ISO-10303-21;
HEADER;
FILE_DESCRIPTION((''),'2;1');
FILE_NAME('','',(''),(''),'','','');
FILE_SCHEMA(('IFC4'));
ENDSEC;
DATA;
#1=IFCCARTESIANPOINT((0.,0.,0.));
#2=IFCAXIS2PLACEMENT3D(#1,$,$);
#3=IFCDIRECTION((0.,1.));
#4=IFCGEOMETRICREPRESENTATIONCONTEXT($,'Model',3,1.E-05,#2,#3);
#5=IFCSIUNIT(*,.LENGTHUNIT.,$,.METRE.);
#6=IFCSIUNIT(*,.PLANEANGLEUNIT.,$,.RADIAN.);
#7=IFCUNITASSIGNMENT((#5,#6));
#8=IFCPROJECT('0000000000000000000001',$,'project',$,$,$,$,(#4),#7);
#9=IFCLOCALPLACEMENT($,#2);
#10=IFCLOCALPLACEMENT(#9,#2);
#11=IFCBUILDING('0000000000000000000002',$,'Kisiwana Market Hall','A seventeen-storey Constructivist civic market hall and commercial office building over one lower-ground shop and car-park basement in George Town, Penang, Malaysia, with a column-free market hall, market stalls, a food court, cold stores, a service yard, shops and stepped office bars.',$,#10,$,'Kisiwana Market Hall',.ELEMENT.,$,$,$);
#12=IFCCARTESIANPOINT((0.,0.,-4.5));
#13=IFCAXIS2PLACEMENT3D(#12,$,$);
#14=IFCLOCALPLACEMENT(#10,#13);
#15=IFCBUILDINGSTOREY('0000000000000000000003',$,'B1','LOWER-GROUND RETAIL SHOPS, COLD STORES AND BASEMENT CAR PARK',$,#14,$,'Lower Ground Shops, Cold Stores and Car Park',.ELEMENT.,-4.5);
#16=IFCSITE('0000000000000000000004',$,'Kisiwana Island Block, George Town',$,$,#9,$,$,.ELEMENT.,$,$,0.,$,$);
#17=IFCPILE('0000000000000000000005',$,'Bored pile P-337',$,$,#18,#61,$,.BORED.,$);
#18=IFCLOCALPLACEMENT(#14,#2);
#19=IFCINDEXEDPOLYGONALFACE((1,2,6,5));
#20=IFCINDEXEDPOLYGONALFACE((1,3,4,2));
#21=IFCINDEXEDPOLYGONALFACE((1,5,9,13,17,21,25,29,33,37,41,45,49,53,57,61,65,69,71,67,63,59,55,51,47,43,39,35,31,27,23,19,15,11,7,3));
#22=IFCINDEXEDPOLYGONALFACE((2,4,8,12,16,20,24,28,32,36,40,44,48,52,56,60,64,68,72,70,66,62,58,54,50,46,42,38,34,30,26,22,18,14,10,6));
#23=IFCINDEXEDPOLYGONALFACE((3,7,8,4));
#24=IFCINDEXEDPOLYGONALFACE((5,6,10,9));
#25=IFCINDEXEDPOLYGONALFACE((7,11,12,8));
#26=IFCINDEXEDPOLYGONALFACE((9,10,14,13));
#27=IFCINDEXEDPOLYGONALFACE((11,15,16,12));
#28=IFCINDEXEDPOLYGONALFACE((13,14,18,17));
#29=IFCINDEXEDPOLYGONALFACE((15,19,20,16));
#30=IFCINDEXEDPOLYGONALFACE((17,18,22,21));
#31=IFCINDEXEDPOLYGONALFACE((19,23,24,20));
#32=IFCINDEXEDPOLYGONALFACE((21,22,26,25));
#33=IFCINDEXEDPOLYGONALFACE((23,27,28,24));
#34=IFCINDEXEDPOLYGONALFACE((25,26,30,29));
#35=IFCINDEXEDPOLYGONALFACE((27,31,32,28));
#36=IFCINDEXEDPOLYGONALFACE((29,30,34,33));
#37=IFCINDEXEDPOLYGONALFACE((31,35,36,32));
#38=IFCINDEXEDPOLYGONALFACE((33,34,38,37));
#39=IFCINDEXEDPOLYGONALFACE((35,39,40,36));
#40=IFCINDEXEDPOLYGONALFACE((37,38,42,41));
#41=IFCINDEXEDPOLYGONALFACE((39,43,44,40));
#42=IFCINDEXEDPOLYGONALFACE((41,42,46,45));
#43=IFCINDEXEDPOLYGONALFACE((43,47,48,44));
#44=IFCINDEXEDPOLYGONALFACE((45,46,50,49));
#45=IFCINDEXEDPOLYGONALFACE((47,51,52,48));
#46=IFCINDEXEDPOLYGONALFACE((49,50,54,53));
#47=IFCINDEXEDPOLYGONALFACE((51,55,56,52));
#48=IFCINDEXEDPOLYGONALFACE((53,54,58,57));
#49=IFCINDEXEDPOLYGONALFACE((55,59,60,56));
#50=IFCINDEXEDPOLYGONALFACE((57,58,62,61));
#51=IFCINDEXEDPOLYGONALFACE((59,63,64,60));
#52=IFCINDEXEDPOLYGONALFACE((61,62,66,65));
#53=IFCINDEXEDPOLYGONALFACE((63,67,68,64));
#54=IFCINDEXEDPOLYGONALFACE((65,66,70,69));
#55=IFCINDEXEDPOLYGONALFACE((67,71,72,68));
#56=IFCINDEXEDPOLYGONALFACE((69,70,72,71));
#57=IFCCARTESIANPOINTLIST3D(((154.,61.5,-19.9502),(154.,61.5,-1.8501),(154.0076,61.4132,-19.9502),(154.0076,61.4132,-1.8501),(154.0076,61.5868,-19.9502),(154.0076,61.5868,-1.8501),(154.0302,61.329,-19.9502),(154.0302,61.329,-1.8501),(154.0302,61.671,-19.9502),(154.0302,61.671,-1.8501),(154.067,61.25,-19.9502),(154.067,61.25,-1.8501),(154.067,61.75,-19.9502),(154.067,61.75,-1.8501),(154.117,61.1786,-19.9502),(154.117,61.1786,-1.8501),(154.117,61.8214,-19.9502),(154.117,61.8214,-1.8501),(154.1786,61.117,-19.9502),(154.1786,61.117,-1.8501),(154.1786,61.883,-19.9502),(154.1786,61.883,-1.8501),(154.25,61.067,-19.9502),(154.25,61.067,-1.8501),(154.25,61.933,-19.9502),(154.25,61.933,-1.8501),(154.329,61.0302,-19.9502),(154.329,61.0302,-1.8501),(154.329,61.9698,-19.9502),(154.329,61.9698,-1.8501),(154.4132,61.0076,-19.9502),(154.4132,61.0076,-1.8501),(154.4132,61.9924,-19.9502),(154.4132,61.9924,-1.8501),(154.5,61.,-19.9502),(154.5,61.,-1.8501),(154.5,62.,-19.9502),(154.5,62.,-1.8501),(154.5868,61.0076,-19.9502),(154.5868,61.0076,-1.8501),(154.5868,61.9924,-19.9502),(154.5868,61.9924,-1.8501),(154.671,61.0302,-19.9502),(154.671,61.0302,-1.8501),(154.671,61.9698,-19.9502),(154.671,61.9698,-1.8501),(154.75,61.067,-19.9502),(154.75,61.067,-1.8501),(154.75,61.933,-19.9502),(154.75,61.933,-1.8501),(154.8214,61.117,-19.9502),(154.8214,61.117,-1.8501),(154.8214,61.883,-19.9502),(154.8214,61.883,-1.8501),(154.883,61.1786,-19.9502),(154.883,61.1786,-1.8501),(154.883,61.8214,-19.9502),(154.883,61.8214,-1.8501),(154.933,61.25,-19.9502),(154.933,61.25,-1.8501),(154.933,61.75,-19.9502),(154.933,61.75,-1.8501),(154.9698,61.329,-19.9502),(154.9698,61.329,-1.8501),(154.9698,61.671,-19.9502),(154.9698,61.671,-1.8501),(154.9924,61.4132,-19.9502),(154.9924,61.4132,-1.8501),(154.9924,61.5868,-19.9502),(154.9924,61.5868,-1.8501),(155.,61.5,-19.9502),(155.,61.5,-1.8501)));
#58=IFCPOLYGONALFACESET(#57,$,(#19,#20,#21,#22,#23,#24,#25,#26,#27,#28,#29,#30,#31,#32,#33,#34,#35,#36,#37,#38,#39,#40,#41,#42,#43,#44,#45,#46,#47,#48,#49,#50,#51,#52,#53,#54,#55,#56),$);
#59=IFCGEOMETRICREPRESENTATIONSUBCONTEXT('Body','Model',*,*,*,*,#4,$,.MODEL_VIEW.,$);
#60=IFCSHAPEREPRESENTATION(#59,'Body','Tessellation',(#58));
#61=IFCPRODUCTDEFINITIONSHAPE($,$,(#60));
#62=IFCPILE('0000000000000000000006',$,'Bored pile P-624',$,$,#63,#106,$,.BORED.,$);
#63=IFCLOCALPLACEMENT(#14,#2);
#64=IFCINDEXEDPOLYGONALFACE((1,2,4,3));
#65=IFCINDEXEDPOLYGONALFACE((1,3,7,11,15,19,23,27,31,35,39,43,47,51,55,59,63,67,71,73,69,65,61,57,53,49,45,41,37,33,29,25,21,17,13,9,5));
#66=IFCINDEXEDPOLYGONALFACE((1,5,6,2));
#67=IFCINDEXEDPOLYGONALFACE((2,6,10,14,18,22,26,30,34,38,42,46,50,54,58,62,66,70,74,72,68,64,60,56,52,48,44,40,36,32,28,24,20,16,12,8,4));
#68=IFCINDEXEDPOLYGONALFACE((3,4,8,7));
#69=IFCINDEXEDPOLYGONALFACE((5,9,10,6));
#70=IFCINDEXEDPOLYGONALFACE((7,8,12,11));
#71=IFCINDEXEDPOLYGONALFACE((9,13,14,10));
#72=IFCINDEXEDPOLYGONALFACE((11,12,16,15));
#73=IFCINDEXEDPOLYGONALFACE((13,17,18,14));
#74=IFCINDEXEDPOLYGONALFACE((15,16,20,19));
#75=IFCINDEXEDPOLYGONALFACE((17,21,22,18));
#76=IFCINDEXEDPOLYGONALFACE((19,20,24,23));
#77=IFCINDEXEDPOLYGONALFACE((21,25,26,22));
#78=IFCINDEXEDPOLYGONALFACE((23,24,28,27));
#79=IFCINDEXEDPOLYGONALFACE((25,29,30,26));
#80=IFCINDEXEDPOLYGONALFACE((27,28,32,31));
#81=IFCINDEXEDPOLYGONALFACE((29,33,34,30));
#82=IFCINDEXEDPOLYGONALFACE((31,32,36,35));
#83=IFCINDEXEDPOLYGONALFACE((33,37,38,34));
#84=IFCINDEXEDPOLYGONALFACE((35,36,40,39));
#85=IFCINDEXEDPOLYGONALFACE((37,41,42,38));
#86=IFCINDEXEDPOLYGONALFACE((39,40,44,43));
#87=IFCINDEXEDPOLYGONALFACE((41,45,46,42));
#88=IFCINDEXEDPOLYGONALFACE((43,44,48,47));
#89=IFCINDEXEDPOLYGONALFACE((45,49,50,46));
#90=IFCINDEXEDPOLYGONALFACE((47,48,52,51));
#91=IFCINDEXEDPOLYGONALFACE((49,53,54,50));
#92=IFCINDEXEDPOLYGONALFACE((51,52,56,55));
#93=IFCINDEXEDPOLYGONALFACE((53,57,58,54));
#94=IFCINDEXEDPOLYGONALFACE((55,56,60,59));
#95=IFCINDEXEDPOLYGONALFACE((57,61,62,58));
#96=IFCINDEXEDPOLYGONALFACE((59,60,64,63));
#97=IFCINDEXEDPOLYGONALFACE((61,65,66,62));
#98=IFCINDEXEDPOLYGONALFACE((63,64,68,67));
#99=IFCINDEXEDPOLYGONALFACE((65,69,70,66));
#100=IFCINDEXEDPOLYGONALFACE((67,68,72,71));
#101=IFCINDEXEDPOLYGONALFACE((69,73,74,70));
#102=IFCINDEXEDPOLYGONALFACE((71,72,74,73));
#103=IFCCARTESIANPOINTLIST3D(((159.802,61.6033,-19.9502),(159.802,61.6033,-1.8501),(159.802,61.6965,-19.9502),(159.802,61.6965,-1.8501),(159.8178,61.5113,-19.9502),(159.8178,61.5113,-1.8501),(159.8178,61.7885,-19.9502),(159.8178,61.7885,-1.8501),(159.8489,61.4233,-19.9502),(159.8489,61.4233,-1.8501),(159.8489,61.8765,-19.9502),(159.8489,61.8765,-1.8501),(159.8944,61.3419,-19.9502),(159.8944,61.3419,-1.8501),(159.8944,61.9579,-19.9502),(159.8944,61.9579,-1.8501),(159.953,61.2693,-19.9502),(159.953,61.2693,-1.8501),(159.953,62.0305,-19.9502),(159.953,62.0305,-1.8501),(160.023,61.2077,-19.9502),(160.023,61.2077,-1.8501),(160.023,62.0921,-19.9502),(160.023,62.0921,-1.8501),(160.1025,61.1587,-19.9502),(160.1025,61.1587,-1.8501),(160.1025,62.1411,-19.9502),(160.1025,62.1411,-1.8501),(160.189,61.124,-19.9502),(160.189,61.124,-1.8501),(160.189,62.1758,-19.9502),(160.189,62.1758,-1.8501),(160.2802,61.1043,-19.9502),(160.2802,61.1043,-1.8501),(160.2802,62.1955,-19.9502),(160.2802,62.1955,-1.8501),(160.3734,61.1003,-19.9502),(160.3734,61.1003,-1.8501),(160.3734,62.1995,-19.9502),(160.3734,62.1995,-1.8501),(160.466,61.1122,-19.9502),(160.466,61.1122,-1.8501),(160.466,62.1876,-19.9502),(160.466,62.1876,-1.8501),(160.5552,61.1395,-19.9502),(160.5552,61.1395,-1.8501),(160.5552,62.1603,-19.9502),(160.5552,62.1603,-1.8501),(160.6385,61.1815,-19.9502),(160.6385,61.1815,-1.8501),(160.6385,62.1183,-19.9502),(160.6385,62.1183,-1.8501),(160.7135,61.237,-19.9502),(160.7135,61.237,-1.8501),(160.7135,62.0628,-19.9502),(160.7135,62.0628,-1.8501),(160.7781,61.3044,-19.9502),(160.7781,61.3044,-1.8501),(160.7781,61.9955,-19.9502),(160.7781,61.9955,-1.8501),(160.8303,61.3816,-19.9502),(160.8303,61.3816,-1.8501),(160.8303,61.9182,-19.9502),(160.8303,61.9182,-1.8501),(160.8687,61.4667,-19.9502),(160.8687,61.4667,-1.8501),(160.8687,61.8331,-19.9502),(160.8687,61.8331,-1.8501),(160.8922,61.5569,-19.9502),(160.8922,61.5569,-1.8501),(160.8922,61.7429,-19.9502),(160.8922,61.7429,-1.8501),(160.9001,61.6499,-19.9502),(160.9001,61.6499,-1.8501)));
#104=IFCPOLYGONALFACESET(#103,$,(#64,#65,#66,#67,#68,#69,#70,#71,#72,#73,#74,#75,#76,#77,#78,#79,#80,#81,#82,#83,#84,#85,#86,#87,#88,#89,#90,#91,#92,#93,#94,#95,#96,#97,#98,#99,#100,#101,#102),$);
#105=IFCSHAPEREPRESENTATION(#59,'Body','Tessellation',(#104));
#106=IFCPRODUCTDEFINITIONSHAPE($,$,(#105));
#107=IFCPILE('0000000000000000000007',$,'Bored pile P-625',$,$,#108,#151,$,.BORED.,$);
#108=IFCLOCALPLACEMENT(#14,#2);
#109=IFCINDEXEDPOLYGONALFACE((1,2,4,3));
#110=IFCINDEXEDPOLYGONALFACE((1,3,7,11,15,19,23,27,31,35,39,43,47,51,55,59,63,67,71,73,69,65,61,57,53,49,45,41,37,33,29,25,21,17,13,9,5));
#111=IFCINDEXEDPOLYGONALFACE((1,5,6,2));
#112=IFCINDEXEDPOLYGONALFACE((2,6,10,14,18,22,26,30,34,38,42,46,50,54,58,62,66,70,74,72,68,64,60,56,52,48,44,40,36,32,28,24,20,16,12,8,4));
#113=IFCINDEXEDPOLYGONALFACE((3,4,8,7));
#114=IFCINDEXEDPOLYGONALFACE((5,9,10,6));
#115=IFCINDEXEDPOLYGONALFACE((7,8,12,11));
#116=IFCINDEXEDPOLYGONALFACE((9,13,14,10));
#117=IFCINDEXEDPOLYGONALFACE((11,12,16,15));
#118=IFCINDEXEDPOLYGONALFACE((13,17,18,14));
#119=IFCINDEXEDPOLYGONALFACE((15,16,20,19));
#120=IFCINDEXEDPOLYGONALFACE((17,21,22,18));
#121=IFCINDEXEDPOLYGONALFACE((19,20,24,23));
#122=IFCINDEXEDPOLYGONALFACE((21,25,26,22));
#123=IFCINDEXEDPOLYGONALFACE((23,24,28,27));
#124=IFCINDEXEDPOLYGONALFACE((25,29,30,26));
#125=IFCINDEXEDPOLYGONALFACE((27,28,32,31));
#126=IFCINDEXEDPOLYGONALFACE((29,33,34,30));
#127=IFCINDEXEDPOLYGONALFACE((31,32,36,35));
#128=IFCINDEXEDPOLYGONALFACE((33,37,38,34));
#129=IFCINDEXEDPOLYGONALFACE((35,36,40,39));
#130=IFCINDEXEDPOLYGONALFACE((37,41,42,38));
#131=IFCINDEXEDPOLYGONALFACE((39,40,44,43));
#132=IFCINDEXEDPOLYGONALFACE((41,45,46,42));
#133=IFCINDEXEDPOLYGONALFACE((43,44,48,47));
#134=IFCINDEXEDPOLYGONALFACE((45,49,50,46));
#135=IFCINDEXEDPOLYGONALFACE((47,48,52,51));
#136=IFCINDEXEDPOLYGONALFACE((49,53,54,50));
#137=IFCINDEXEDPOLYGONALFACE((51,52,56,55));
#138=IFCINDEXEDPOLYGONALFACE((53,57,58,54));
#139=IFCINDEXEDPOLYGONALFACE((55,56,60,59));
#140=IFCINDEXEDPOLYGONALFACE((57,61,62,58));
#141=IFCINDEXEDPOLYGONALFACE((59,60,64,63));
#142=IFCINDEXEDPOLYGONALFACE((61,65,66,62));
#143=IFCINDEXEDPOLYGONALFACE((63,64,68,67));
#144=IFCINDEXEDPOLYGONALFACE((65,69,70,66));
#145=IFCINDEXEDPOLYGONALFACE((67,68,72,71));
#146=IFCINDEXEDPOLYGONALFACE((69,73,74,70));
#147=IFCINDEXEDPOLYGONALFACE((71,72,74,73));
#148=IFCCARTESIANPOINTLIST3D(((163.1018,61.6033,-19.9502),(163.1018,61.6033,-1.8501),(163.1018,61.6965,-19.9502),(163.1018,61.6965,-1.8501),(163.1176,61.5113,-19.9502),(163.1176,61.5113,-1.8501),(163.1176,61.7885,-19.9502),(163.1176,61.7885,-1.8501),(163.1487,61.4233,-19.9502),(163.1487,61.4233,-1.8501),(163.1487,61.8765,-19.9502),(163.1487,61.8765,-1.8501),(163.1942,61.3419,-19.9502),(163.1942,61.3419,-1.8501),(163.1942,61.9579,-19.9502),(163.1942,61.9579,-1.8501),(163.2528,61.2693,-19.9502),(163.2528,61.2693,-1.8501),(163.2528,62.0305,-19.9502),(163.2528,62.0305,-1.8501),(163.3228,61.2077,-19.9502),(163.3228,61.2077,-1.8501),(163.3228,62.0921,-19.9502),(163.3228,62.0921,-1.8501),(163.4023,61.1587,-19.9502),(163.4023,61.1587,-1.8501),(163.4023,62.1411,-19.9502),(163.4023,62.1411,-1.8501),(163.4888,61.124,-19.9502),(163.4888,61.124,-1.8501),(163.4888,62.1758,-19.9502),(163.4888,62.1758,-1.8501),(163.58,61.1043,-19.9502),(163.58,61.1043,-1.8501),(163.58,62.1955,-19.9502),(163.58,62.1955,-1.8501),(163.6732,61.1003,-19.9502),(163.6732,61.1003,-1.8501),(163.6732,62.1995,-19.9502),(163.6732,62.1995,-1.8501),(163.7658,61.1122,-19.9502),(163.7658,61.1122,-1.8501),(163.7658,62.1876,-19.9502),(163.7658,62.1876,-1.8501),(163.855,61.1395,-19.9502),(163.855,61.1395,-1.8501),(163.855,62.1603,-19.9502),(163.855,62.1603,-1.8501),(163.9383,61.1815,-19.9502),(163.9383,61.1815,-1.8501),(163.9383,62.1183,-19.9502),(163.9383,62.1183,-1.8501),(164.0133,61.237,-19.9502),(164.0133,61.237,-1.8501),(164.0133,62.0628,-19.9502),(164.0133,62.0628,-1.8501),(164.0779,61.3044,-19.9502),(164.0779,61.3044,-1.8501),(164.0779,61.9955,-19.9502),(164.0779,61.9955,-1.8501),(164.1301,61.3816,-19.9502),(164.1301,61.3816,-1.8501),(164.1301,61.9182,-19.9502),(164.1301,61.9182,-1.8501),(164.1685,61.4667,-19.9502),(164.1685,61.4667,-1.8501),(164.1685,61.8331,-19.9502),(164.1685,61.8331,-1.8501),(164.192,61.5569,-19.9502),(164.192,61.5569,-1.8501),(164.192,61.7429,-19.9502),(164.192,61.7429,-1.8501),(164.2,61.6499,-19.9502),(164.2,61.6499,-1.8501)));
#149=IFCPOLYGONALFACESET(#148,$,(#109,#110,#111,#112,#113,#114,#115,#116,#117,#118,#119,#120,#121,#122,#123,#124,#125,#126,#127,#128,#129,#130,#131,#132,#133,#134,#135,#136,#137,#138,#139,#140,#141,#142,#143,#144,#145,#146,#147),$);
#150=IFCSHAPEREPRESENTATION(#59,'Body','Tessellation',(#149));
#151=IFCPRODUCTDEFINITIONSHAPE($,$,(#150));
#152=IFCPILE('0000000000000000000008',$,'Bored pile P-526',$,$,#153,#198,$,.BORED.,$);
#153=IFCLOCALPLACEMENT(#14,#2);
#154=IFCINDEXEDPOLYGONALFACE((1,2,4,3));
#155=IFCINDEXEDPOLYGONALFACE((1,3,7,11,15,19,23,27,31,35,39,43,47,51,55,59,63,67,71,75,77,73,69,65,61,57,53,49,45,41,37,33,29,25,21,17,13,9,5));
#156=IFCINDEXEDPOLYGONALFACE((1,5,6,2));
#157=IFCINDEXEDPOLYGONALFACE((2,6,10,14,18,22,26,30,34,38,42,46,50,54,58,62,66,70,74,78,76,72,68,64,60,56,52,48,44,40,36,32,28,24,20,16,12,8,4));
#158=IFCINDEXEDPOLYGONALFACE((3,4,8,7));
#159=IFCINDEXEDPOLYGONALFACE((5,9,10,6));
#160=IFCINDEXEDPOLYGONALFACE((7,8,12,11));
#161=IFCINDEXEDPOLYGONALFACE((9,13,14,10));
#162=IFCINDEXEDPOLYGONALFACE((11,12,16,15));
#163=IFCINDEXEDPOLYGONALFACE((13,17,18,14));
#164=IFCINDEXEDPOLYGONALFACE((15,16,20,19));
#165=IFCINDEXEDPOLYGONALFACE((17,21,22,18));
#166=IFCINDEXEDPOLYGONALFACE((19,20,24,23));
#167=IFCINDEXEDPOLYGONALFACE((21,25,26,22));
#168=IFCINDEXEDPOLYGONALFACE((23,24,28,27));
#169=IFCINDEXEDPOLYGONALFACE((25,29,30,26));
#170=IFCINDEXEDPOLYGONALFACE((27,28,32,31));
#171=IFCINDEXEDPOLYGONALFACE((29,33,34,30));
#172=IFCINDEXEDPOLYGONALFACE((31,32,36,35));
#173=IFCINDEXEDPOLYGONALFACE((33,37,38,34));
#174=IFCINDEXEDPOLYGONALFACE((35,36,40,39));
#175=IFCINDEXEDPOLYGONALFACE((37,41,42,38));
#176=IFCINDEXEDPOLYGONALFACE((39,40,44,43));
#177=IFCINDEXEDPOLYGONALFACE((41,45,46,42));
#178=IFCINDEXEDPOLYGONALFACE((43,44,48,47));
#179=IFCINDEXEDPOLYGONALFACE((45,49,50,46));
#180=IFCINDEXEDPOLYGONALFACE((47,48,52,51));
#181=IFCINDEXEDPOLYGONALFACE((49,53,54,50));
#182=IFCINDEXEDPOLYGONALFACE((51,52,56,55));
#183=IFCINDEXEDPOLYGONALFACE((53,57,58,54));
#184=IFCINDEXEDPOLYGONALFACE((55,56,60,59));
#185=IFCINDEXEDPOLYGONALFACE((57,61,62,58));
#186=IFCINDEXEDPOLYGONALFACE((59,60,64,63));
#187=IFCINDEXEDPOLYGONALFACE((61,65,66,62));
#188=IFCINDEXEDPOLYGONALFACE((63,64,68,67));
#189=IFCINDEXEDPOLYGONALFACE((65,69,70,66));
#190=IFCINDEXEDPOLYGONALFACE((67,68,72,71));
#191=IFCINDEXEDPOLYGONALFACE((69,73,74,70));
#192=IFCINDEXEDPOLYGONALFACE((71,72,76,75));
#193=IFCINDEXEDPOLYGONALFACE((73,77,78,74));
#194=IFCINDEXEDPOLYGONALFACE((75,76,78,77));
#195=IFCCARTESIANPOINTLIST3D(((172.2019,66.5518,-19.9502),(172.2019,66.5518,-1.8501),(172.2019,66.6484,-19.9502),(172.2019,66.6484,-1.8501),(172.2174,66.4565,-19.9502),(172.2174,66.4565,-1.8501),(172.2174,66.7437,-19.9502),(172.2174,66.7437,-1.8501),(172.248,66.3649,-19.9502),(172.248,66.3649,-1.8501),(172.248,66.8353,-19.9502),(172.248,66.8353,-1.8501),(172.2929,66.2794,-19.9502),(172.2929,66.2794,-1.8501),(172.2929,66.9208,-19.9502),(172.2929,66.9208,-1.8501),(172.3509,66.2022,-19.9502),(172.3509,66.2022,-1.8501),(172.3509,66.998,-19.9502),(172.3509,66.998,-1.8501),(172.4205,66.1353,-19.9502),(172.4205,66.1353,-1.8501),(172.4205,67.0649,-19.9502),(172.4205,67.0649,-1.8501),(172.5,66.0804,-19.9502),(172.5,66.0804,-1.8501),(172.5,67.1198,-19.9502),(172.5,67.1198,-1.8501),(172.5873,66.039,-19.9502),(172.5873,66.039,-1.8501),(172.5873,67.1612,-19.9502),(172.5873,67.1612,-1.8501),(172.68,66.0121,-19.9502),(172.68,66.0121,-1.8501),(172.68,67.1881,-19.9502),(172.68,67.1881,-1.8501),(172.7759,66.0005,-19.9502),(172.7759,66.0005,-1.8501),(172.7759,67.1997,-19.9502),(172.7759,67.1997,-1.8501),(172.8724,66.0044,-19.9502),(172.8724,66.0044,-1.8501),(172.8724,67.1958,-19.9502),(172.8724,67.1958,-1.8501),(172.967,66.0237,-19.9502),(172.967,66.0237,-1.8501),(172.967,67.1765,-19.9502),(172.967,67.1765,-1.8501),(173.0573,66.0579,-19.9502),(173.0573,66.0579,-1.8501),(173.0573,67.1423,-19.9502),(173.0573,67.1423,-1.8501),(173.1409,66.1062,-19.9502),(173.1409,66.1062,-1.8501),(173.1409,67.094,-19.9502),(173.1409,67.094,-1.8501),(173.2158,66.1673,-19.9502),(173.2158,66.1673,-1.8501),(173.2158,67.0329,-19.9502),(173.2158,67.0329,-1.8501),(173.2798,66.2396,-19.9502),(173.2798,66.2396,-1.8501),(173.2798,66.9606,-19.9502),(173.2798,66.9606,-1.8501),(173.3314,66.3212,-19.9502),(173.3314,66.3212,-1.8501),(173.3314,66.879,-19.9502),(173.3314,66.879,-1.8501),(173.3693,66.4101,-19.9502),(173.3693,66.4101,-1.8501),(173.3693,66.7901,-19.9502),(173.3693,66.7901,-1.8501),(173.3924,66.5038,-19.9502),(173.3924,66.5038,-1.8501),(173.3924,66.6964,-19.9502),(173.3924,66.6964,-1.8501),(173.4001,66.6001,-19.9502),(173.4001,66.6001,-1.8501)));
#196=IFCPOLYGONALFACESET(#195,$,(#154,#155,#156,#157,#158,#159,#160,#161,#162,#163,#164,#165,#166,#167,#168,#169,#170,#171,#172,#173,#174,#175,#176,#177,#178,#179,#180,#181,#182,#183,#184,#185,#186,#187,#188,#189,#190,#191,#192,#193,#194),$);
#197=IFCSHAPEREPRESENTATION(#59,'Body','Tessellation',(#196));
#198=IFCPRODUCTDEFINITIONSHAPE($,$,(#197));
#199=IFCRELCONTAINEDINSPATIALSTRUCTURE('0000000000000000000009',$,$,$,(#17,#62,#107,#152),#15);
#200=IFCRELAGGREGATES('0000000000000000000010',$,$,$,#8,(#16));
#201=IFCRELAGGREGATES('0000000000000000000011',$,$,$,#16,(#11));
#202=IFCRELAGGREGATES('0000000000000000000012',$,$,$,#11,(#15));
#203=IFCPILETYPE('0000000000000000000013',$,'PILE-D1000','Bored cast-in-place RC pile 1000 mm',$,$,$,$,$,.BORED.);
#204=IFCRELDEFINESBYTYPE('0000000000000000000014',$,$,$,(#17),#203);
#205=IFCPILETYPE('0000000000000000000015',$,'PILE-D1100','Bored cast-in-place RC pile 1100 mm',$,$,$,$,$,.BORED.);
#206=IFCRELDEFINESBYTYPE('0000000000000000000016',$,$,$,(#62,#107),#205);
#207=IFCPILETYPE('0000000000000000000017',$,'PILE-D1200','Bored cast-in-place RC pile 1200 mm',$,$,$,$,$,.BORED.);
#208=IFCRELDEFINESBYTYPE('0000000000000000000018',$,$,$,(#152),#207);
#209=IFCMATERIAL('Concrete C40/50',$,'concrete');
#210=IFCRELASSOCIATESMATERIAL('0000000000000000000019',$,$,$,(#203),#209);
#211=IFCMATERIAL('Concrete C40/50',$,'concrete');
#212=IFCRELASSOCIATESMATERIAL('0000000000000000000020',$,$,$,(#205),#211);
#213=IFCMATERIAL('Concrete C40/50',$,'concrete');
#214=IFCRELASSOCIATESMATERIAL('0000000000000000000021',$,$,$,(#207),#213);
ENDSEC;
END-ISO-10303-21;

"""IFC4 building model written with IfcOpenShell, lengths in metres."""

from ifc_helpers import new_model, si_unit, direction, frame, origin, origin_2d, place, context, subcontext, project, spatial, circle, extrude, material, material_profile, profile_set, type_object, element, save


model = new_model("IFC4")

# Units and contexts
model_context = context("Model", 3, precision=1e-05, world=origin(), true_north=direction((0.0, 1.0)))
body_context = subcontext(model_context, "Body", "Model", "MODEL_VIEW")
ifc_project = project(units=[si_unit("LENGTHUNIT", "METRE"), si_unit("PLANEANGLEUNIT", "RADIAN")], contexts=[model_context])

# Site, building, storey
site_placement = place(None, origin())
site = spatial("IfcSite", under=ifc_project, at=site_placement, Name="Kisiwana Island Block, George Town", CompositionType="ELEMENT", RefElevation=0.0)
building_placement = place(site_placement, origin())
building = spatial("IfcBuilding", under=site, at=building_placement, Name="Kisiwana Market Hall", Description="A seventeen-storey Constructivist civic market hall and commercial office building over one lower-ground shop and car-park basement in George Town, Penang, Malaysia, with a column-free market hall, market stalls, a food court, cold stores, a service yard, shops and stepped office bars.", LongName="Kisiwana Market Hall", CompositionType="ELEMENT")
storey_placement = place(building_placement, frame((0.0, 0.0, -4.5)))
storey = spatial("IfcBuildingStorey", under=building, at=storey_placement, Name="B1", Description="LOWER-GROUND RETAIL SHOPS, COLD STORES AND BASEMENT CAR PARK", LongName="Lower Ground Shops, Cold Stores and Car Park", CompositionType="ELEMENT", Elevation=-4.5)

# Piles
ifc_material_1 = material(Name="Concrete C40/50", Category="concrete")
ifc_material_profile_1 = material_profile(ifc_material_1, circle(Radius=0.5, at=origin_2d()), Name="BP D1000")
ifc_profile_set_1 = profile_set([ifc_material_profile_1], Name="Concrete C40/50")
pile_type_1 = type_object("IfcPileType", Name="PILE-D1000", Description="Bored cast-in-place RC pile 1000 mm", PredefinedType="BORED", material=ifc_profile_set_1)
pile_placement = place(storey_placement, frame((154.5, 61.5, -1.8501), z_axis=(0.0, 0.0, -1.0), x_axis=(1.0, 0.0, 0.0)))
element("IfcPile", 1, at=pile_placement, inside=storey, type_object=pile_type_1, Name="Bored pile P-337", PredefinedType="BORED", context=body_context, shape_type="SweptSolid", body=[
    extrude(circle(Radius=0.5, at=origin_2d()), origin(), (0.0, 0.0, 1.0), 18.1001),
])
ifc_material_2 = material(Name="Concrete C40/50", Category="concrete")
ifc_material_profile_2 = material_profile(ifc_material_2, circle(Radius=0.55, at=origin_2d()), Name="BP D1100")
ifc_profile_set_2 = profile_set([ifc_material_profile_2], Name="Concrete C40/50")
pile_type_2 = type_object("IfcPileType", Name="PILE-D1100", Description="Bored cast-in-place RC pile 1100 mm", PredefinedType="BORED", material=ifc_profile_set_2)
for number, where, z_axis, x_axis, name in (
    (2, (160.3501, 61.6499, -1.8501), (0.0, 0.0, -1.0), (1.0, 0.0, 0.0), "Bored pile P-624"),
    (3, (163.6499, 61.6499, -1.8501), (0.0, 0.0, -1.0), (1.0, 0.0, 0.0), "Bored pile P-625"),
):
    element("IfcPile", number, at=place(storey_placement, frame(where, z_axis=z_axis, x_axis=x_axis)), inside=storey, type_object=pile_type_2, Name=name, PredefinedType="BORED", context=body_context, shape_type="SweptSolid", body=[
        extrude(circle(Radius=0.55, at=origin_2d()), origin(), (0.0, 0.0, 1.0), 18.1001),
    ])
ifc_material_3 = material(Name="Concrete C40/50", Category="concrete")
ifc_material_profile_3 = material_profile(ifc_material_3, circle(Radius=0.6001, at=origin_2d()), Name="BP D1200")
ifc_profile_set_3 = profile_set([ifc_material_profile_3], Name="Concrete C40/50")
pile_type_3 = type_object("IfcPileType", Name="PILE-D1200", Description="Bored cast-in-place RC pile 1200 mm", PredefinedType="BORED", material=ifc_profile_set_3)
for number, where, z_axis, x_axis, name in (
    (4, (172.8, 66.6001, -1.8501), (0.0, 0.0, -1.0), (1.0, 0.0, 0.0), "Bored pile P-526"),
):
    element("IfcPile", number, at=place(storey_placement, frame(where, z_axis=z_axis, x_axis=x_axis)), inside=storey, type_object=pile_type_3, Name=name, PredefinedType="BORED", context=body_context, shape_type="SweptSolid", body=[
        extrude(circle(Radius=0.6001, at=origin_2d()), origin(), (0.0, 0.0, 1.0), 18.1001),
    ])

save(model, "model.ifc")
